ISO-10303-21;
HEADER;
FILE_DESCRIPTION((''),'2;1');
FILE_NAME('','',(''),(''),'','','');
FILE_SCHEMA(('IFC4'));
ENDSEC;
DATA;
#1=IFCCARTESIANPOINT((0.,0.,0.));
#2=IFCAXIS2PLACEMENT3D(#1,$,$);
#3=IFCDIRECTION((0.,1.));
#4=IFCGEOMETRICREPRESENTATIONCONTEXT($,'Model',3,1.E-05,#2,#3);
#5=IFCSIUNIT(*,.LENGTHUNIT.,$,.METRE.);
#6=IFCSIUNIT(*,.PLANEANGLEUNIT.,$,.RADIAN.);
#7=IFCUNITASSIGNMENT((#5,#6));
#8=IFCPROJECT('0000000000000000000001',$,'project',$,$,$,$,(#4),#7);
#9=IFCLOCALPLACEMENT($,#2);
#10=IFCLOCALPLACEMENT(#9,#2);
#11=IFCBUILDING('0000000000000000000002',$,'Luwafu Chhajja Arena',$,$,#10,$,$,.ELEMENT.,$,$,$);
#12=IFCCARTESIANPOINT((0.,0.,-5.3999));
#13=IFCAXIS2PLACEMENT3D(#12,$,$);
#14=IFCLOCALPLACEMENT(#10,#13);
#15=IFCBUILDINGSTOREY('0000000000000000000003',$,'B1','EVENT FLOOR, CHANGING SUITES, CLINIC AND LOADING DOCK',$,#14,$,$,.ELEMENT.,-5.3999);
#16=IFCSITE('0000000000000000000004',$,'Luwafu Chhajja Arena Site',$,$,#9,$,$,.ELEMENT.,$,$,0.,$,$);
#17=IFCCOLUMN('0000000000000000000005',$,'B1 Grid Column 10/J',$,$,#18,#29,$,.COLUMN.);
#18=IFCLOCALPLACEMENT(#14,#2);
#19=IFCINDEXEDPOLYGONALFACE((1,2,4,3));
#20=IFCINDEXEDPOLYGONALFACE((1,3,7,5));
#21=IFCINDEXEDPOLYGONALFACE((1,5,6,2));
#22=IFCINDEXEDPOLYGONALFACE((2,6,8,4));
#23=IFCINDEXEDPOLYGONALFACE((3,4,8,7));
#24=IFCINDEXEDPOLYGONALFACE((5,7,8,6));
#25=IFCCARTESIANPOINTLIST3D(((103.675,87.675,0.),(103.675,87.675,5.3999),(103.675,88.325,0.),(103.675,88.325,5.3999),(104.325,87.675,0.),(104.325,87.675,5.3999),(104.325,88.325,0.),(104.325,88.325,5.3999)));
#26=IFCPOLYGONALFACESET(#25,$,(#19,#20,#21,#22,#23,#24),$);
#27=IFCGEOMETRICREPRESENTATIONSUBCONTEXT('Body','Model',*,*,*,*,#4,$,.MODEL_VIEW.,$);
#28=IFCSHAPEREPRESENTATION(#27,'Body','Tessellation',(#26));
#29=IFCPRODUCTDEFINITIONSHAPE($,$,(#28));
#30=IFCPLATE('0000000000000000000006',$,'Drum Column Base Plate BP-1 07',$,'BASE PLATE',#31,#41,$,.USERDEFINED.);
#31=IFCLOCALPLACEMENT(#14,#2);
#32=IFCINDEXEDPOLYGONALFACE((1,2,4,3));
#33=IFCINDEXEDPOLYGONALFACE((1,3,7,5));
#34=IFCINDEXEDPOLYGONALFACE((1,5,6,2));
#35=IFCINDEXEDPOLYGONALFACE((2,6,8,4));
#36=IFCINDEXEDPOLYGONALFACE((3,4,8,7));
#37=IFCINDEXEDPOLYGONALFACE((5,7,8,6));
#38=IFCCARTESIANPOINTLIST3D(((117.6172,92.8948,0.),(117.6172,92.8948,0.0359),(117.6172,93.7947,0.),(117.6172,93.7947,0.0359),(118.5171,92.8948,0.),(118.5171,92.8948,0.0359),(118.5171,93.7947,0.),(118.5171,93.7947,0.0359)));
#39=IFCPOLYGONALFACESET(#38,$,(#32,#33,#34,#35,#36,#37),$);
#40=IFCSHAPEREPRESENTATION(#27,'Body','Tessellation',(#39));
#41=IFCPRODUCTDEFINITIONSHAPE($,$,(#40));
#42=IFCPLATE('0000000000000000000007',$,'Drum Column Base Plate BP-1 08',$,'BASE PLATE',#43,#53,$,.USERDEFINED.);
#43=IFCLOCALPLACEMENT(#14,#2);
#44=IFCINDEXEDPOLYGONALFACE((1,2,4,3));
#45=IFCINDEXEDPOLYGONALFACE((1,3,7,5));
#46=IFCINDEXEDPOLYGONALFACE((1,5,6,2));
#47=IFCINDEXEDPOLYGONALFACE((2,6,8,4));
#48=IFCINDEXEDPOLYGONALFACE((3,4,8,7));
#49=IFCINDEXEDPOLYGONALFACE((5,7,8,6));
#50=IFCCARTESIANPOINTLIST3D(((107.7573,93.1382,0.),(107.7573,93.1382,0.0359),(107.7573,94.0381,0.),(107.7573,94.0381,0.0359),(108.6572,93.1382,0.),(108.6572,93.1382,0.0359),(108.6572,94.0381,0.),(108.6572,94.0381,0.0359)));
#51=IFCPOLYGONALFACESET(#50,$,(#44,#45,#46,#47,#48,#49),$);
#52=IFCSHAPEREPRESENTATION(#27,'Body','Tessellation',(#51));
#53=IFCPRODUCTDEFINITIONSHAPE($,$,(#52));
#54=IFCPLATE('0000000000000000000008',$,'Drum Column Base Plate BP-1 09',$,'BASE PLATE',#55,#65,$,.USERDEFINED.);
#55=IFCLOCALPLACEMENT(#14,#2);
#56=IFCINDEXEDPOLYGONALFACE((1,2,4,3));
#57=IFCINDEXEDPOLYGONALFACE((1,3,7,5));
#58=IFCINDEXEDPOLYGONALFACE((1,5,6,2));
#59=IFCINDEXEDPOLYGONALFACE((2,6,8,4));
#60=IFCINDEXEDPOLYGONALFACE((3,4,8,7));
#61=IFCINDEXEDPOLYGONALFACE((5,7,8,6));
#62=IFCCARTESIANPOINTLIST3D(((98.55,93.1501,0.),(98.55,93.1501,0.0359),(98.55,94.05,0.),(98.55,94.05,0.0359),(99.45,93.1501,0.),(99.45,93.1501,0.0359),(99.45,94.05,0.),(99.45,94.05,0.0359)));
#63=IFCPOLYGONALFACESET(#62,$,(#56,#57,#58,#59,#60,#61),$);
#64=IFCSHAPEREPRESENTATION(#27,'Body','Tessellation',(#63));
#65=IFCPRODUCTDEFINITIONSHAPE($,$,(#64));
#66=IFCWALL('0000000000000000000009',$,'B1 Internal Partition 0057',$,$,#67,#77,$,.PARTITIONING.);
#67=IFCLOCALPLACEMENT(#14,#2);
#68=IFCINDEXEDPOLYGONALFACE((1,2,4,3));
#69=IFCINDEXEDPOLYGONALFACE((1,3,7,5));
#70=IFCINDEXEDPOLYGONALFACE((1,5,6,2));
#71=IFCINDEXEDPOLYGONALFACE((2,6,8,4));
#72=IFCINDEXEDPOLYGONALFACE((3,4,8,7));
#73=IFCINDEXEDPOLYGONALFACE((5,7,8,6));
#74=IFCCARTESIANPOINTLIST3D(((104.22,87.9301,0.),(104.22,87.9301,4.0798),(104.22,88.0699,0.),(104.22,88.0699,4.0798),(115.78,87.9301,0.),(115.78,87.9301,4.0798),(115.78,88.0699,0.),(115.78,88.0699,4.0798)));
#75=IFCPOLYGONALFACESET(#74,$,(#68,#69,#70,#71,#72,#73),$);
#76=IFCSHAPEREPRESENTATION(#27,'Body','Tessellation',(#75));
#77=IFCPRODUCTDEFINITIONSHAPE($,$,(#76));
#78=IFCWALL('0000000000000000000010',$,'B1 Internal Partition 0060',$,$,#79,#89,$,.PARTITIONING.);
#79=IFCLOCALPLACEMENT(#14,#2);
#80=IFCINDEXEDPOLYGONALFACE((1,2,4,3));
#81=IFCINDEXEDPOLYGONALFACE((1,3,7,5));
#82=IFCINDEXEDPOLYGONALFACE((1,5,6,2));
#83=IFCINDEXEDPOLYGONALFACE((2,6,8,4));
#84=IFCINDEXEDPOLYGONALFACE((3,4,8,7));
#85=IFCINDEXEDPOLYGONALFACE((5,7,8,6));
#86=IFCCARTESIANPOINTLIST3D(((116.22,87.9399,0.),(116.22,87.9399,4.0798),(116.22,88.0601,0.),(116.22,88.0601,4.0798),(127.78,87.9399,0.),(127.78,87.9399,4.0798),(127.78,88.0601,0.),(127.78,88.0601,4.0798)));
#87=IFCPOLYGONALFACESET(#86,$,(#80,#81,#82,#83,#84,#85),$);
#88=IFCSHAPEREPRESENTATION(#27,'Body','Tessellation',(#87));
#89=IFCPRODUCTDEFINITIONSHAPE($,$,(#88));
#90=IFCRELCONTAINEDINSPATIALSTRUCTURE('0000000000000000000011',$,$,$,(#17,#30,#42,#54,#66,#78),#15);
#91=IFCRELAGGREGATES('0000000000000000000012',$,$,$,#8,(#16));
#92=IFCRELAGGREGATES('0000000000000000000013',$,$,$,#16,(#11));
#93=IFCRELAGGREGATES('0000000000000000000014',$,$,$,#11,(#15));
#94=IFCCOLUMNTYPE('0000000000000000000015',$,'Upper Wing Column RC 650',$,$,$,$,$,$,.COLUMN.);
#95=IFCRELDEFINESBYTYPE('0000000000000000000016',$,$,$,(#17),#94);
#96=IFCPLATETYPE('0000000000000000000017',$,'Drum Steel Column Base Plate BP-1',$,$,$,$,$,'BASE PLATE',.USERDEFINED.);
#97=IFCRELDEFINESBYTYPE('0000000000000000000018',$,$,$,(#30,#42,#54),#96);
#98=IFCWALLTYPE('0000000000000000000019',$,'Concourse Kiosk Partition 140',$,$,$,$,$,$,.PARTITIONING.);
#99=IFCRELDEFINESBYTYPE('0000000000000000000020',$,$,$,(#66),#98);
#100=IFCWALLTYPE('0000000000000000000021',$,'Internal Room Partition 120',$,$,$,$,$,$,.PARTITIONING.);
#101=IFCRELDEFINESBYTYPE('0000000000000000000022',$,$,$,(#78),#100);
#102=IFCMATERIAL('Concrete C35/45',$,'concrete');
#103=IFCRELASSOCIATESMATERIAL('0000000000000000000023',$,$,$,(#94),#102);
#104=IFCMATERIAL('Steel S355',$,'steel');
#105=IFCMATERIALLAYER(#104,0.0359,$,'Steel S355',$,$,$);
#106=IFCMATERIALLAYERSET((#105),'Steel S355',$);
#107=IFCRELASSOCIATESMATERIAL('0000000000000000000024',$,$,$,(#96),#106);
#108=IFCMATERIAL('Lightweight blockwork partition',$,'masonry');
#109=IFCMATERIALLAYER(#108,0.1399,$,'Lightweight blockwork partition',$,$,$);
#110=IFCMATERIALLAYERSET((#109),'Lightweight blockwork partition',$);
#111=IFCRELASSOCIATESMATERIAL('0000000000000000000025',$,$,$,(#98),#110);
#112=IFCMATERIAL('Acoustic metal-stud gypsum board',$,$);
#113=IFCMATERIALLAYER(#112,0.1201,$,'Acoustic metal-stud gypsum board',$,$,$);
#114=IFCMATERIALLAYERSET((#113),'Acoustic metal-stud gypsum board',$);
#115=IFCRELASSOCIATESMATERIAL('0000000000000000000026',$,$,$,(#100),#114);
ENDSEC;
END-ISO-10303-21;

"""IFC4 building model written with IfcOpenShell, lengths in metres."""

from ifc_helpers import new_model, si_unit, direction, frame, frame_2d, origin, origin_2d, place, context, subcontext, project, spatial, rectangle, extrude, material, layer, layer_set, material_profile, profile_set, type_object, element, save


model = new_model("IFC4")

# Units and contexts
model_context = context("Model", 3, precision=1e-05, world=origin(), true_north=direction((0.0, 1.0)))
body_context = subcontext(model_context, "Body", "Model", "MODEL_VIEW")
ifc_project = project(units=[si_unit("LENGTHUNIT", "METRE"), si_unit("PLANEANGLEUNIT", "RADIAN")], contexts=[model_context])

# Site, building, storey
site_placement = place(None, origin())
site = spatial("IfcSite", under=ifc_project, at=site_placement, Name="Luwafu Chhajja Arena Site", CompositionType="ELEMENT", RefElevation=0.0)
building_placement = place(site_placement, origin())
building = spatial("IfcBuilding", under=site, at=building_placement, Name="Luwafu Chhajja Arena", CompositionType="ELEMENT")
storey_placement = place(building_placement, frame((0.0, 0.0, -5.3999)))
storey = spatial("IfcBuildingStorey", under=building, at=storey_placement, Name="B1", Description="EVENT FLOOR, CHANGING SUITES, CLINIC AND LOADING DOCK", CompositionType="ELEMENT", Elevation=-5.3999)

# Shared definitions
ifc_material_1 = material(Name="Concrete C35/45", Category="concrete")

# Column
ifc_material_2 = material(Name="Steel S355", Category="steel")
ifc_material_profile_1 = material_profile(ifc_material_1, rectangle(XDim=0.6499, YDim=0.6499, at=origin_2d()), Name="RC 650x650")
ifc_profile_set_1 = profile_set([ifc_material_profile_1], Name="Concrete C35/45")
column_type_1 = type_object("IfcColumnType", Name="Upper Wing Column RC 650", PredefinedType="COLUMN", material=ifc_profile_set_1)
column_1_placement = place(storey_placement, frame((104.0, 88.0, 0.0), z_axis=(0.0, 0.0, 1.0), x_axis=(1.0, 0.0, 0.0)))
element("IfcColumn", 1, at=column_1_placement, inside=storey, type_object=column_type_1, Name="B1 Grid Column 10/J", PredefinedType="COLUMN", context=body_context, shape_type="SweptSolid", body=[
    extrude(rectangle(XDim=0.6499, YDim=0.6499, at=origin_2d()), origin(), (0.0, 0.0, 1.0), 5.3999),
])

# Plates
ifc_layer_1 = layer(ifc_material_2, 0.0359, Name="Steel S355")
ifc_layer_set_1 = layer_set([ifc_layer_1], Name="Steel S355")
plate_type = type_object("IfcPlateType", Name="Drum Steel Column Base Plate BP-1", ElementType="BASE PLATE", PredefinedType="USERDEFINED", material=ifc_layer_set_1)
for number, where, z_axis, x_axis, name in (
    (2, (118.0671, 93.3447, 0.0), (0.0, 0.0, 1.0), (1.0, 0.0, 0.0), "Drum Column Base Plate BP-1 07"),
    (3, (108.2073, 93.5881, 0.0), (0.0, 0.0, 1.0), (1.0, 0.0, 0.0), "Drum Column Base Plate BP-1 08"),
    (4, (99.0, 93.6001, 0.0), (0.0, 0.0, 1.0), (1.0, 0.0, 0.0), "Drum Column Base Plate BP-1 09"),
):
    element("IfcPlate", number, at=place(storey_placement, frame(where, z_axis=z_axis, x_axis=x_axis)), inside=storey, type_object=plate_type, Name=name, ObjectType="BASE PLATE", PredefinedType="USERDEFINED", context=body_context, shape_type="SweptSolid", body=[
        extrude(rectangle(XDim=0.8999, YDim=0.8999, at=origin_2d()), origin(), (0.0, 0.0, 1.0), 0.0359),
    ])

# Walls
ifc_material_3 = material(Name="Lightweight blockwork partition", Category="masonry")
ifc_layer_2 = layer(ifc_material_3, 0.1399, Name="Lightweight blockwork partition")
ifc_layer_set_2 = layer_set([ifc_layer_2], Name="Lightweight blockwork partition")
wall_type_1 = type_object("IfcWallType", Name="Concourse Kiosk Partition 140", PredefinedType="PARTITIONING", material=ifc_layer_set_2)
wall_1_placement = place(storey_placement, frame((104.22, 88.0, 0.0), z_axis=(0.0, 0.0, 1.0), x_axis=(1.0, 0.0, 0.0)))
element("IfcWall", 5, at=wall_1_placement, inside=storey, type_object=wall_type_1, Name="B1 Internal Partition 0057", PredefinedType="PARTITIONING", context=body_context, shape_type="SweptSolid", body=[
    extrude(rectangle(XDim=11.5601, YDim=0.1399, at=frame_2d((5.78, 0.0))), origin(), (0.0, 0.0, 1.0), 4.0798),
])
ifc_material_4 = material(Name="Acoustic metal-stud gypsum board")
ifc_layer_3 = layer(ifc_material_4, 0.1201, Name="Acoustic metal-stud gypsum board")
ifc_layer_set_3 = layer_set([ifc_layer_3], Name="Acoustic metal-stud gypsum board")
wall_type_2 = type_object("IfcWallType", Name="Internal Room Partition 120", PredefinedType="PARTITIONING", material=ifc_layer_set_3)
wall_2_placement = place(storey_placement, frame((116.22, 88.0, 0.0), z_axis=(0.0, 0.0, 1.0), x_axis=(1.0, 0.0, 0.0)))
element("IfcWall", 6, at=wall_2_placement, inside=storey, type_object=wall_type_2, Name="B1 Internal Partition 0060", PredefinedType="PARTITIONING", context=body_context, shape_type="SweptSolid", body=[
    extrude(rectangle(XDim=11.5601, YDim=0.1201, at=frame_2d((5.78, 0.0))), origin(), (0.0, 0.0, 1.0), 4.0798),
])

save(model, "model.ifc")
